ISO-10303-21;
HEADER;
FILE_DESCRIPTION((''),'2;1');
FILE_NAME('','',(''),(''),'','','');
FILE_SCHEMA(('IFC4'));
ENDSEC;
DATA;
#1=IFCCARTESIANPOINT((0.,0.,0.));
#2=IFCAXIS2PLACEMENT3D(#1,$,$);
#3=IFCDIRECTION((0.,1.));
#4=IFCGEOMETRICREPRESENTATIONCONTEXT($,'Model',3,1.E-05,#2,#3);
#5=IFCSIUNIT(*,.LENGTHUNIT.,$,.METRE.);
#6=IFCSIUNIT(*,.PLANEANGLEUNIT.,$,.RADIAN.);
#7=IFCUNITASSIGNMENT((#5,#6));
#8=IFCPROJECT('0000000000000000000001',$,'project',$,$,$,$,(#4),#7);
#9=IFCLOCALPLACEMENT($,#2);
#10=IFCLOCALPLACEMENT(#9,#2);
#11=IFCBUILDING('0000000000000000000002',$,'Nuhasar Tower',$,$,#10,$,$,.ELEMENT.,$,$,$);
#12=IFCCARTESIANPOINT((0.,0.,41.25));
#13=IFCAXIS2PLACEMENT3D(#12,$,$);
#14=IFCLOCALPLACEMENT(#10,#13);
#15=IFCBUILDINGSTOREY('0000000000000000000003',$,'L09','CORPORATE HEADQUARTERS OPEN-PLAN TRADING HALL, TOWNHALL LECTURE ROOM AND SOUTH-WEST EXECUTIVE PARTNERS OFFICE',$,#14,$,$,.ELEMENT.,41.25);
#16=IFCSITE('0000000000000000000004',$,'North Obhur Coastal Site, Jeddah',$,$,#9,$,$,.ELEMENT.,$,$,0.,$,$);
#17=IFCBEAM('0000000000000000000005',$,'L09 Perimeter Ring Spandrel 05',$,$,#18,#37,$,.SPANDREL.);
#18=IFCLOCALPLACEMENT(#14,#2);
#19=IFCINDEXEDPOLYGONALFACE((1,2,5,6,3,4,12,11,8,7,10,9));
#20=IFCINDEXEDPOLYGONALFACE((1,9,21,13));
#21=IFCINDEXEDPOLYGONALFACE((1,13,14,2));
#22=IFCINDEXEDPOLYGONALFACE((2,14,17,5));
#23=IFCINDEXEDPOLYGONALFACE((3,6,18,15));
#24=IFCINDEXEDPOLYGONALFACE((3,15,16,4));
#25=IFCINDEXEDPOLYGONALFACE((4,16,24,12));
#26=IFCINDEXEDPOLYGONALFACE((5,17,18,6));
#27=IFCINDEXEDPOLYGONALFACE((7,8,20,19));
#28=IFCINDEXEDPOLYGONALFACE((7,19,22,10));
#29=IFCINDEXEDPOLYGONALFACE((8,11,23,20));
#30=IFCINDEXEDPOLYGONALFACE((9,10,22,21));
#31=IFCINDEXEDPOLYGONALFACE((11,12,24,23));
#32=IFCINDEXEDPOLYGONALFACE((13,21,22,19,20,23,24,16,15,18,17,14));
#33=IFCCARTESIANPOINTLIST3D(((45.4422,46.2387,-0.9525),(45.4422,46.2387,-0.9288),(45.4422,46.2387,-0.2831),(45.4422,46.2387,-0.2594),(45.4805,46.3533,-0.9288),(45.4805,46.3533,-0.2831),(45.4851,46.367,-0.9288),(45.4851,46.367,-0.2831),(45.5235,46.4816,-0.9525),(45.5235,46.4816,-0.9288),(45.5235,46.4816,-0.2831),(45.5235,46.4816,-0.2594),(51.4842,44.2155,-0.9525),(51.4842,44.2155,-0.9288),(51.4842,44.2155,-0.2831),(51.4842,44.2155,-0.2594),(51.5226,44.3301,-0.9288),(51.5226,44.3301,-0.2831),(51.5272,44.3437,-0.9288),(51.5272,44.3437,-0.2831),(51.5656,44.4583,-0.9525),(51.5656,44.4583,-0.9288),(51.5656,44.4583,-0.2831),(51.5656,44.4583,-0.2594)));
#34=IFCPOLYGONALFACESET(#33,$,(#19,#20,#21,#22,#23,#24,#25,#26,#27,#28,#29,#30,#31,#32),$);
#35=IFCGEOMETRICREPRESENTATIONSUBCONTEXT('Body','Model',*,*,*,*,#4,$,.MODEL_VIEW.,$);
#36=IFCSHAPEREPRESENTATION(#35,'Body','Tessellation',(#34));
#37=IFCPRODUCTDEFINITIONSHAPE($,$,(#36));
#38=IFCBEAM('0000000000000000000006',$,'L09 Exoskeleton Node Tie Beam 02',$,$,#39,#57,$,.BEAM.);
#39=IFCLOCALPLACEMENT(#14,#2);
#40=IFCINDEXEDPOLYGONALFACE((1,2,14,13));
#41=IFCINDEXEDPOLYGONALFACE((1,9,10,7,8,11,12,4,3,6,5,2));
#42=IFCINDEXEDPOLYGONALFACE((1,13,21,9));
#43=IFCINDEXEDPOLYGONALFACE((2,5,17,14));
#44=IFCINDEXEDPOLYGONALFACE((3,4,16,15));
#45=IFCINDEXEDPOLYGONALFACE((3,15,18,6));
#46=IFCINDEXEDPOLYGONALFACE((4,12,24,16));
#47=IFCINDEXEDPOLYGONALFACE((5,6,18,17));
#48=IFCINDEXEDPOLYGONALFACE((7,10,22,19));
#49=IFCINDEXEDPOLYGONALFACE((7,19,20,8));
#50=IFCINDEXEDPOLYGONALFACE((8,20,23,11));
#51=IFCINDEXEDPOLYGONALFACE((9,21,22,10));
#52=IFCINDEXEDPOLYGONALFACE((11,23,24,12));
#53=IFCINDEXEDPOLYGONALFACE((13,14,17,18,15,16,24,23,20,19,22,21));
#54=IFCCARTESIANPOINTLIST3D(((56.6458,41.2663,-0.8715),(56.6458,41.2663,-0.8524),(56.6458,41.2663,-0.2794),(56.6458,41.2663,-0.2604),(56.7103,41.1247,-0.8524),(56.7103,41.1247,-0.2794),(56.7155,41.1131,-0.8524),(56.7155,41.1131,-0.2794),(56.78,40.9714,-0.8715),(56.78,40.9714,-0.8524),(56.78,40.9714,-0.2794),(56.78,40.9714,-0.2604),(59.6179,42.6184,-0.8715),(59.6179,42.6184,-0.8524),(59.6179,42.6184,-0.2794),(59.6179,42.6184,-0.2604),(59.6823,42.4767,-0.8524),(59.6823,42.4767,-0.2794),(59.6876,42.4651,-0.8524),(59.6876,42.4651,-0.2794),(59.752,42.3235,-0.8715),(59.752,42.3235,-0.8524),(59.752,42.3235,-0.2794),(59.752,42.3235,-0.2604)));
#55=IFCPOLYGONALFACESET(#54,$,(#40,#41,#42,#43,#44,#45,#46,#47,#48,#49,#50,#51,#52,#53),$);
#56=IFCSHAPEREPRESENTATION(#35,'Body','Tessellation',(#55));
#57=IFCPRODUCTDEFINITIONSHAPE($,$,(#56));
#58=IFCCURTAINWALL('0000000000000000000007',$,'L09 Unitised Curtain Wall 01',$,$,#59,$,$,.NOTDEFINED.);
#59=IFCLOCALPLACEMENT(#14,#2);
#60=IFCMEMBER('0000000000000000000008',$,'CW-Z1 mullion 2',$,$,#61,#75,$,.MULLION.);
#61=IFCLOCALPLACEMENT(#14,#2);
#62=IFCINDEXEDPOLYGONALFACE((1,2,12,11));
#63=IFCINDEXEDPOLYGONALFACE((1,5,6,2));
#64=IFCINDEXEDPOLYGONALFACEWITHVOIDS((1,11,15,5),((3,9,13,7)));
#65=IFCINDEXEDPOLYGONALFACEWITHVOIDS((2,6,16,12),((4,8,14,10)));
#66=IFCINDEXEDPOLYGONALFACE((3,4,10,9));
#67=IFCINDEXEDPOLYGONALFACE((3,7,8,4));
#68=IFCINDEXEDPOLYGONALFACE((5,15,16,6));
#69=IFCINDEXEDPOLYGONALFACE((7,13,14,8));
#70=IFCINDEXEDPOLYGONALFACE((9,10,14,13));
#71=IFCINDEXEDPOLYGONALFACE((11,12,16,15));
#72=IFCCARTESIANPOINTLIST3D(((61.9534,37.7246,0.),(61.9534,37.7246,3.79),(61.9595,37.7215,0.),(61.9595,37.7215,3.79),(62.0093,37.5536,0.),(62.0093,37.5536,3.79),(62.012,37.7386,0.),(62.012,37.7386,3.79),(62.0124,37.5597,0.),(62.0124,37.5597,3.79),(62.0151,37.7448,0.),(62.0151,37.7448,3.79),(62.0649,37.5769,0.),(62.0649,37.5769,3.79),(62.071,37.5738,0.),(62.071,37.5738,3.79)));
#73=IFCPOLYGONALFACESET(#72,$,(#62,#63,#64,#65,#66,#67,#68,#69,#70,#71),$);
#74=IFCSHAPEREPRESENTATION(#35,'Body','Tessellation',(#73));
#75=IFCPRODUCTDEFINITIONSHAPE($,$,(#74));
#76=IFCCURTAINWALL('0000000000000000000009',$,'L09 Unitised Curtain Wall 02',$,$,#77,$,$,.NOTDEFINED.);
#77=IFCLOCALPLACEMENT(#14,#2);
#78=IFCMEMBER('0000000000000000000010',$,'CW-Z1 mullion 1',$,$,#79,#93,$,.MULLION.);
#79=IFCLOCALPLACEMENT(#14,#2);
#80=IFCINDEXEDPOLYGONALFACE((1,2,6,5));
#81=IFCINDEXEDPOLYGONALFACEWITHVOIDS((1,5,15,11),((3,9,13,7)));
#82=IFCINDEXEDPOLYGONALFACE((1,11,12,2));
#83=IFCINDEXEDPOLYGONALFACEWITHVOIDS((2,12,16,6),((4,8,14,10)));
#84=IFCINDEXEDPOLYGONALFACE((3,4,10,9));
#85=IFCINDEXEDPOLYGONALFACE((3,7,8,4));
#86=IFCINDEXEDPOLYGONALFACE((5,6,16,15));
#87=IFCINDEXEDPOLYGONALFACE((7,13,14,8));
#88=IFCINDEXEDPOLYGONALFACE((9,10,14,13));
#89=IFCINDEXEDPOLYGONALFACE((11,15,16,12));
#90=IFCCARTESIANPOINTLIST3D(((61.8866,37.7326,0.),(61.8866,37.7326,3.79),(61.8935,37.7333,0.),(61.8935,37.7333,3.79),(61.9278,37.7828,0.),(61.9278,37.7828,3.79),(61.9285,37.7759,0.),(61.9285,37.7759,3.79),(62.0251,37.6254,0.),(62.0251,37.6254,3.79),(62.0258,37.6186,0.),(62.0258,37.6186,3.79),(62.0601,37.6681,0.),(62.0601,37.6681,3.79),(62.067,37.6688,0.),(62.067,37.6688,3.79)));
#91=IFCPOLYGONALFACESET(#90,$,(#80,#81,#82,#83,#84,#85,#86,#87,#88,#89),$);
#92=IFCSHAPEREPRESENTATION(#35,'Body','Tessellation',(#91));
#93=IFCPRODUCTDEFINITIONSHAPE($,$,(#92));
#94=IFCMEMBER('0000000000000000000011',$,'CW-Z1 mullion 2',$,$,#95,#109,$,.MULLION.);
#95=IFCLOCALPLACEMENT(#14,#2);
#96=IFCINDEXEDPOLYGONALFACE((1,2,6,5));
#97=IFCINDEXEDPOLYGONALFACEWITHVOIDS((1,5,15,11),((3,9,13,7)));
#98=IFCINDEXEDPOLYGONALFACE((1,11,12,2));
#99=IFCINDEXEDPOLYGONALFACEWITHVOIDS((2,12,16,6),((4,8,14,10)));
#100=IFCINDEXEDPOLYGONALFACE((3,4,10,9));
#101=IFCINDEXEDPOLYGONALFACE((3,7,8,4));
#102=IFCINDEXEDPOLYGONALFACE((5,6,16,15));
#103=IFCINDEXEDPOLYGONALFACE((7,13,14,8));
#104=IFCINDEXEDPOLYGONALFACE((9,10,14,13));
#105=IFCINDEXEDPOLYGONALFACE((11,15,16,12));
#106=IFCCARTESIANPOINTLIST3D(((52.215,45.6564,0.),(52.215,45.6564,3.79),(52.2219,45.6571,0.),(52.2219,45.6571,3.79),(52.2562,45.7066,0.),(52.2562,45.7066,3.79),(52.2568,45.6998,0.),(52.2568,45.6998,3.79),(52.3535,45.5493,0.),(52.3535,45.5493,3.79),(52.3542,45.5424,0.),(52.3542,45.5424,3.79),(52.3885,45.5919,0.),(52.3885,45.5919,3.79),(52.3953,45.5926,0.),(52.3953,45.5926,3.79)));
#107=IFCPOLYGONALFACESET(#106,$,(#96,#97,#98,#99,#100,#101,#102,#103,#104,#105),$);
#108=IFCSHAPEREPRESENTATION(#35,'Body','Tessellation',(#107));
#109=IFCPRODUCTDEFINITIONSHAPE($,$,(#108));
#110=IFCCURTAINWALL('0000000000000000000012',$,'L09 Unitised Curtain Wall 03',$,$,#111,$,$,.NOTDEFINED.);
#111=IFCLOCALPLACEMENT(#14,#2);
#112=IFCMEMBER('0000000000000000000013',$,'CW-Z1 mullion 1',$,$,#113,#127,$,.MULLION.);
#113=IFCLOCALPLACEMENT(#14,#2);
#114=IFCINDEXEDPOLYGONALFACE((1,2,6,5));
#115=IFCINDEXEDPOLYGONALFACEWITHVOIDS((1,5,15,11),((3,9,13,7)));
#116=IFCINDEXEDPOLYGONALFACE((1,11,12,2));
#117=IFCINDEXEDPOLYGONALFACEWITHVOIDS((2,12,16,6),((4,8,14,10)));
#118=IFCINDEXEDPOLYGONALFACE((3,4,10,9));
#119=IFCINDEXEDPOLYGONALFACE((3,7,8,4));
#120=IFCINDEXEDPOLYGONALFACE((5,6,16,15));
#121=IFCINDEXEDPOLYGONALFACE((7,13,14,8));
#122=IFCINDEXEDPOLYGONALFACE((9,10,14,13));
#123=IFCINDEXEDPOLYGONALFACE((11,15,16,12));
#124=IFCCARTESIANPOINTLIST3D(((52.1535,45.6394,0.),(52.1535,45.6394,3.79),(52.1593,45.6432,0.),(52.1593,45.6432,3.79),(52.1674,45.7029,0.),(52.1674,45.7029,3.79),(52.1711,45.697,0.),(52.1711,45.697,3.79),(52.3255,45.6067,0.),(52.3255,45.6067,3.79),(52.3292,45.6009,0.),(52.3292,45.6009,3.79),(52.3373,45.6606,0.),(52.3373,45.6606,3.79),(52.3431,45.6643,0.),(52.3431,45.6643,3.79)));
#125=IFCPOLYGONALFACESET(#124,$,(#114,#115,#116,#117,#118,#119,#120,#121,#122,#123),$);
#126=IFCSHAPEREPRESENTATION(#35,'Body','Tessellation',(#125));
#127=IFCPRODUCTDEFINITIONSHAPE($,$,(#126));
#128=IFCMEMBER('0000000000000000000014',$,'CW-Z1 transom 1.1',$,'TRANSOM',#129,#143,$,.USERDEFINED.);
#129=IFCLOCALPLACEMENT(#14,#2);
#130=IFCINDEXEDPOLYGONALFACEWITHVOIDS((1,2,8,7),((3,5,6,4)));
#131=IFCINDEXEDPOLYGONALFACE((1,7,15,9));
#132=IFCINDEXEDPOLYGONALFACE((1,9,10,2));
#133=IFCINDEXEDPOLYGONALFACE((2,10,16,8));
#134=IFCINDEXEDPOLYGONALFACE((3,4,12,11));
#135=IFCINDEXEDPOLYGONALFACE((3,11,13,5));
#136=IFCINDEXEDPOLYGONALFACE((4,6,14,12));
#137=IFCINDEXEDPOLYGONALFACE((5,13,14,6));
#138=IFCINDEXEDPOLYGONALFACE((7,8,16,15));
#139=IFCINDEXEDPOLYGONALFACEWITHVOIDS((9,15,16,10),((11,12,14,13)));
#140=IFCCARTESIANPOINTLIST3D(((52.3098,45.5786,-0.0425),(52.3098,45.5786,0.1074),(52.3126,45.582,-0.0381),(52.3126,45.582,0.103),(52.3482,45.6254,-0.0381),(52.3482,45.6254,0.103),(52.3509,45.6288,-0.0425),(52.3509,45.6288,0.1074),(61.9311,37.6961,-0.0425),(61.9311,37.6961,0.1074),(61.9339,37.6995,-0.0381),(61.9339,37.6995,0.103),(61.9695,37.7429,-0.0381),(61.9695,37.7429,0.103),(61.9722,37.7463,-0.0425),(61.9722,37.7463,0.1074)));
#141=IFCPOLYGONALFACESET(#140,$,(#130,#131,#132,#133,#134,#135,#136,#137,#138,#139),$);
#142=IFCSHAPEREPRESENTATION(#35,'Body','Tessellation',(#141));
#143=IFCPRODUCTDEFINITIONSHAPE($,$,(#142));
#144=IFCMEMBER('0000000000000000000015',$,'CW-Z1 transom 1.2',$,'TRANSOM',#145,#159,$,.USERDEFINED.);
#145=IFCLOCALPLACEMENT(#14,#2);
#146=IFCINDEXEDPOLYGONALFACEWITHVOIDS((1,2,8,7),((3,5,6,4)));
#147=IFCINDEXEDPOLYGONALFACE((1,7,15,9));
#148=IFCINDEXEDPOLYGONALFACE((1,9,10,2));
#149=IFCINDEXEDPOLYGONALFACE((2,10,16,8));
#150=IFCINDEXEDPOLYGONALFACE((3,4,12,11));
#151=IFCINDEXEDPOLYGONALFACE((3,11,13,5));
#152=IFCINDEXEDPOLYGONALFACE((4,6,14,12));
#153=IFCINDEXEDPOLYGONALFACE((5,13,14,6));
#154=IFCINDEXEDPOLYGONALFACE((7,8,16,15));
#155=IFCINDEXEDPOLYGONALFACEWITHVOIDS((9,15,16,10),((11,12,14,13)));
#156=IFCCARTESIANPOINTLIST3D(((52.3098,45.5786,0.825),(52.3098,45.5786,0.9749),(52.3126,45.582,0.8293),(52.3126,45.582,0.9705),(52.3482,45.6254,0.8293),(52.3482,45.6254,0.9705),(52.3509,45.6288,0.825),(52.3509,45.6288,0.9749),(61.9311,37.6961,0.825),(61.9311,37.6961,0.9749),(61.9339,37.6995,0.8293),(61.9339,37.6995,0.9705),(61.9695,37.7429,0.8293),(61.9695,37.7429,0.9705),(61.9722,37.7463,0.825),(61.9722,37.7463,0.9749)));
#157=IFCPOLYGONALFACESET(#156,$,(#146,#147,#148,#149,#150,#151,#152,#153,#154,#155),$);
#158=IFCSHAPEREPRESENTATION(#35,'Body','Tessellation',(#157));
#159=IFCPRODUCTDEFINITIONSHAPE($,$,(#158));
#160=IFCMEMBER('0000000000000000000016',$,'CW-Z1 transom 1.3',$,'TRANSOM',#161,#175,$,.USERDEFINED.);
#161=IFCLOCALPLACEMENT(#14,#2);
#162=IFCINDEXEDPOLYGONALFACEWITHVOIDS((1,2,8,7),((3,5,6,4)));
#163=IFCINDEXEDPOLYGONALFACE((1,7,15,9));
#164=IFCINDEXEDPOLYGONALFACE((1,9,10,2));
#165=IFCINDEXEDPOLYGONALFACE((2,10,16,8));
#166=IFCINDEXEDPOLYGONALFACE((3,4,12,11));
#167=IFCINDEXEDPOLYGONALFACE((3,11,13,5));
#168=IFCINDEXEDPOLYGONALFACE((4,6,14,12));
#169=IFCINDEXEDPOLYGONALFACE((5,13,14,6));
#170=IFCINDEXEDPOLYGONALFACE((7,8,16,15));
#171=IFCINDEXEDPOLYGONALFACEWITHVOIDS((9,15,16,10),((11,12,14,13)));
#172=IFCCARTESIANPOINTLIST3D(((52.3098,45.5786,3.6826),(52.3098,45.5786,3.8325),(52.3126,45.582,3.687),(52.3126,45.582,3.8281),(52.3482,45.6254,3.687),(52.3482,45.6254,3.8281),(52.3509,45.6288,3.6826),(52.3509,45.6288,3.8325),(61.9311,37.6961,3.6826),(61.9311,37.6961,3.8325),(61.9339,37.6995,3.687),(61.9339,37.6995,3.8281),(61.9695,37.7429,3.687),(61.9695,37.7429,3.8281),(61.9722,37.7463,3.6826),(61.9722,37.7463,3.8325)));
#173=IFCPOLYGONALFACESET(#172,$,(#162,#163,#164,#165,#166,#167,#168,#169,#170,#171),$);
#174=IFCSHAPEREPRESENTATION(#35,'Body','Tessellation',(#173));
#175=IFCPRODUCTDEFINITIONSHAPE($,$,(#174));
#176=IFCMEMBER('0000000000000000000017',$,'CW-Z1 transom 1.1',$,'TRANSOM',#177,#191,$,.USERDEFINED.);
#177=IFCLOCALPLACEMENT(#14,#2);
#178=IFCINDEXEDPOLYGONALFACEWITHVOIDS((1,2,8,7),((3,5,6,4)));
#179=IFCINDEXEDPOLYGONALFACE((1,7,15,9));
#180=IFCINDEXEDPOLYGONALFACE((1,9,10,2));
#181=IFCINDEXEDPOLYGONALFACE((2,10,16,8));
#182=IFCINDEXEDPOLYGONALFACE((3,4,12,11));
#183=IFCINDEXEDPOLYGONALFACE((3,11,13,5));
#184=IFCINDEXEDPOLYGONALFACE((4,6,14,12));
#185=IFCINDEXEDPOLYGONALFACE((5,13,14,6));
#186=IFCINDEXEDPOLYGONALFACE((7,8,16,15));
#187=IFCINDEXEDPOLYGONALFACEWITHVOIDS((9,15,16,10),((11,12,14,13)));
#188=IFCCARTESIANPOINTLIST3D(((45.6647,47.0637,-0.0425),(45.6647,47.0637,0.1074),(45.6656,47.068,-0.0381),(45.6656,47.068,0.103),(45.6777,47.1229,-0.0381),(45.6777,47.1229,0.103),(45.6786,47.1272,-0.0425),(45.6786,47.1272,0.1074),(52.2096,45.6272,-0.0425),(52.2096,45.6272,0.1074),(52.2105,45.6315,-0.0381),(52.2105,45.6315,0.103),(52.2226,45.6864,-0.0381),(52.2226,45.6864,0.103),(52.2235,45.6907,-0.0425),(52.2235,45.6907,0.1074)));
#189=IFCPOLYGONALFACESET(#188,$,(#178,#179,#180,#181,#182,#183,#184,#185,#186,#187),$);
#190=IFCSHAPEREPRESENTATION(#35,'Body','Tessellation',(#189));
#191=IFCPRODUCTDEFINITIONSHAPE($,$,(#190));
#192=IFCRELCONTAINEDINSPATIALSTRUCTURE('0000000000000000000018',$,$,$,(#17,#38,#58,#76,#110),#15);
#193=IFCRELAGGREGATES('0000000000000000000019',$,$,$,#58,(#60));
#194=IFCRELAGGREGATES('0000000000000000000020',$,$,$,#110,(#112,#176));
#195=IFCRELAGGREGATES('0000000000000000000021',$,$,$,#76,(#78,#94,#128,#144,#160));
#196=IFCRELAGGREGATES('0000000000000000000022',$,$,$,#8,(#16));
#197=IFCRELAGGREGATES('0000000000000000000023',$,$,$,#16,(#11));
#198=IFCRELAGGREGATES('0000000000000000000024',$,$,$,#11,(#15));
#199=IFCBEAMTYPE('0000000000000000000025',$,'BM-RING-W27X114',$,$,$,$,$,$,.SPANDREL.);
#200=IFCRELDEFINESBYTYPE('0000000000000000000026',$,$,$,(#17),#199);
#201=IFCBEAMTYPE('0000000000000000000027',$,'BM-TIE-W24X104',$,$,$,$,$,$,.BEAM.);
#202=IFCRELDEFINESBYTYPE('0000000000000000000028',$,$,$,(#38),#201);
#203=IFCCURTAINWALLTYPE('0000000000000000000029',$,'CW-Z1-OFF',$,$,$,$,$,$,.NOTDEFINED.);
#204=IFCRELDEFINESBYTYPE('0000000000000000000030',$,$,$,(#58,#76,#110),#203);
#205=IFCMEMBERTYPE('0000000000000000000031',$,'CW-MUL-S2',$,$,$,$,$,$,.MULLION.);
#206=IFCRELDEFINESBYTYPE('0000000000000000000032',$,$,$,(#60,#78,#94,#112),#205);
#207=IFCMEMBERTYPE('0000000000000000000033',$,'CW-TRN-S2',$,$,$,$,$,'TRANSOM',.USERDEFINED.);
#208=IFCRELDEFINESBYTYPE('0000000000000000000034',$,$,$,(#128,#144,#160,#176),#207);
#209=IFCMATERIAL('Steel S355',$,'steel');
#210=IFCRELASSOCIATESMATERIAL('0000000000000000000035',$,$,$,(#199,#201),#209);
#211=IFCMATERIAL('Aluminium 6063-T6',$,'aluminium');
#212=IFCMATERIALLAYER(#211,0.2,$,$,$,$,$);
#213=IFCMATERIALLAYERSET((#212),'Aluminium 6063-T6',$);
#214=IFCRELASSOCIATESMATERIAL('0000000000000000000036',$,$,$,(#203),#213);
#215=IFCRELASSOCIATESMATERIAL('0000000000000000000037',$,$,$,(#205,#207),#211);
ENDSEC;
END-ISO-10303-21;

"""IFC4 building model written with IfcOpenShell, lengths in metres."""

from ifc_helpers import new_model, si_unit, direction, frame, origin, origin_2d, place, context, subcontext, project, spatial, hollow_rectangle, i_section, extrude, material, layer, layer_set, material_profile, profile_set, type_object, element, aggregate, save


model = new_model("IFC4")

# Units and contexts
model_context = context("Model", 3, precision=1e-05, world=origin(), true_north=direction((0.0, 1.0)))
body_context = subcontext(model_context, "Body", "Model", "MODEL_VIEW")
ifc_project = project(units=[si_unit("LENGTHUNIT", "METRE"), si_unit("PLANEANGLEUNIT", "RADIAN")], contexts=[model_context])

# Site, building, storey
site_placement = place(None, origin())
site = spatial("IfcSite", under=ifc_project, at=site_placement, Name="North Obhur Coastal Site, Jeddah", CompositionType="ELEMENT", RefElevation=0.0)
building_placement = place(site_placement, origin())
building = spatial("IfcBuilding", under=site, at=building_placement, Name="Nuhasar Tower", CompositionType="ELEMENT")
storey_placement = place(building_placement, frame((0.0, 0.0, 41.25)))
storey = spatial("IfcBuildingStorey", under=building, at=storey_placement, Name="L09", Description="CORPORATE HEADQUARTERS OPEN-PLAN TRADING HALL, TOWNHALL LECTURE ROOM AND SOUTH-WEST EXECUTIVE PARTNERS OFFICE", CompositionType="ELEMENT", Elevation=41.25)

# Beams
ifc_material_1 = material(Name="Steel S355", Category="steel")
ifc_material_profile_1 = material_profile(ifc_material_1, i_section(OverallWidth=0.2561, OverallDepth=0.6931, WebThickness=0.0144, FlangeThickness=0.0237, at=origin_2d()), Name="W27X114")
ifc_profile_set_1 = profile_set([ifc_material_profile_1], Name="Steel S355")
beam_type_1 = type_object("IfcBeamType", Name="BM-RING-W27X114", PredefinedType="SPANDREL", material=ifc_profile_set_1)
beam_1_placement = place(storey_placement, frame((51.5249, 44.3369, -0.606), z_axis=(-0.948249, 0.317526, 0.0), x_axis=(-0.317526, -0.948249, 0.0)))
element("IfcBeam", 1, at=beam_1_placement, inside=storey, type_object=beam_type_1, Name="L09 Perimeter Ring Spandrel 05", PredefinedType="SPANDREL", context=body_context, shape_type="SweptSolid", body=[
    extrude(i_section(OverallWidth=0.2561, OverallDepth=0.6931, WebThickness=0.0144, FlangeThickness=0.0237, at=origin_2d()), origin(), (0.0, 0.0, 1.0), 6.3718),
])
ifc_material_profile_2 = material_profile(ifc_material_1, i_section(OverallWidth=0.324, OverallDepth=0.6111, WebThickness=0.0127, FlangeThickness=0.019, at=origin_2d()), Name="W24X104")
ifc_profile_set_2 = profile_set([ifc_material_profile_2], Name="Steel S355")
beam_type_2 = type_object("IfcBeamType", Name="BM-TIE-W24X104", PredefinedType="BEAM", material=ifc_profile_set_2)
beam_2_placement = place(storey_placement, frame((56.7129, 41.1189, -0.5659), z_axis=(0.910244, 0.414073, 0.0), x_axis=(-0.414073, 0.910244, 0.0)))
element("IfcBeam", 2, at=beam_2_placement, inside=storey, type_object=beam_type_2, Name="L09 Exoskeleton Node Tie Beam 02", PredefinedType="BEAM", context=body_context, shape_type="SweptSolid", body=[
    extrude(i_section(OverallWidth=0.324, OverallDepth=0.6111, WebThickness=0.0127, FlangeThickness=0.019, at=origin_2d()), origin(), (0.0, 0.0, 1.0), 3.2651),
])

# Curtain wall, member
ifc_material_2 = material(Name="Aluminium 6063-T6", Category="aluminium")
ifc_layer_1 = layer(ifc_material_2, 0.2)
ifc_layer_set_1 = layer_set([ifc_layer_1], Name="Aluminium 6063-T6")
curtain_wall_type = type_object("IfcCurtainWallType", Name="CW-Z1-OFF", PredefinedType="NOTDEFINED", material=ifc_layer_set_1)
curtain_wall_1_placement = place(storey_placement, origin())
curtain_wall_1 = element("IfcCurtainWall", 3, at=curtain_wall_1_placement, inside=storey, type_object=curtain_wall_type, Name="L09 Unitised Curtain Wall 01", PredefinedType="NOTDEFINED")
ifc_material_profile_3 = material_profile(ifc_material_2, hollow_rectangle(XDim=0.0649, YDim=0.1799, WallThickness=0.0049, at=origin_2d()), Name="CWM-2")
ifc_profile_set_3 = profile_set([ifc_material_profile_3], Name="Aluminium 6063-T6")
member_type_1 = type_object("IfcMemberType", Name="CW-MUL-S2", PredefinedType="MULLION", material=ifc_profile_set_3)
member_1_placement = place(storey_placement, frame((62.0122, 37.6492, 0.0), z_axis=(0.0, 0.0, 1.0), x_axis=(-0.950468, -0.310824, 0.0)))
member_1 = element("IfcMember", 4, at=member_1_placement, type_object=member_type_1, Name="CW-Z1 mullion 2", PredefinedType="MULLION", context=body_context, shape_type="SweptSolid", body=[
    extrude(hollow_rectangle(XDim=0.0649, YDim=0.1799, WallThickness=0.0049, at=origin_2d()), origin(), (0.0, 0.0, 1.0), 3.79),
])
aggregate(curtain_wall_1, [member_1])

# Curtain wall, members
curtain_wall_2_placement = place(storey_placement, origin())
curtain_wall_2 = element("IfcCurtainWall", 5, at=curtain_wall_2_placement, inside=storey, type_object=curtain_wall_type, Name="L09 Unitised Curtain Wall 02", PredefinedType="NOTDEFINED")
member_2_placement = place(storey_placement, frame((61.9768, 37.7007, 0.0), z_axis=(0.0, 0.0, 1.0), x_axis=(-0.633745, -0.773542, 0.0)))
member_2 = element("IfcMember", 6, at=member_2_placement, type_object=member_type_1, Name="CW-Z1 mullion 1", PredefinedType="MULLION", context=body_context, shape_type="SweptSolid", body=[
    extrude(hollow_rectangle(XDim=0.0649, YDim=0.1799, WallThickness=0.0049, at=origin_2d()), origin(), (0.0, 0.0, 1.0), 3.79),
])
member_3_placement = place(storey_placement, frame((52.3052, 45.6245, 0.0), z_axis=(0.0, 0.0, 1.0), x_axis=(-0.633745, -0.773542, 0.0)))
member_3 = element("IfcMember", 7, at=member_3_placement, type_object=member_type_1, Name="CW-Z1 mullion 2", PredefinedType="MULLION", context=body_context, shape_type="SweptSolid", body=[
    extrude(hollow_rectangle(XDim=0.0649, YDim=0.1799, WallThickness=0.0049, at=origin_2d()), origin(), (0.0, 0.0, 1.0), 3.79),
])

# Curtain wall, member
curtain_wall_3_placement = place(storey_placement, origin())
curtain_wall_3 = element("IfcCurtainWall", 8, at=curtain_wall_3_placement, inside=storey, type_object=curtain_wall_type, Name="L09 Unitised Curtain Wall 03", PredefinedType="NOTDEFINED")
member_4_placement = place(storey_placement, frame((52.2483, 45.6519, 0.0), z_axis=(0.0, 0.0, 1.0), x_axis=(-0.214399, -0.976746, 0.0)))
member_4 = element("IfcMember", 9, at=member_4_placement, type_object=member_type_1, Name="CW-Z1 mullion 1", PredefinedType="MULLION", context=body_context, shape_type="SweptSolid", body=[
    extrude(hollow_rectangle(XDim=0.0649, YDim=0.1799, WallThickness=0.0049, at=origin_2d()), origin(), (0.0, 0.0, 1.0), 3.79),
])

# Members
ifc_material_profile_4 = material_profile(ifc_material_2, hollow_rectangle(XDim=0.0649, YDim=0.1499, WallThickness=0.0044, at=origin_2d()), Name="CWT-2")
ifc_profile_set_4 = profile_set([ifc_material_profile_4], Name="Aluminium 6063-T6")
member_type_2 = type_object("IfcMemberType", Name="CW-TRN-S2", ElementType="TRANSOM", PredefinedType="USERDEFINED", material=ifc_profile_set_4)
member_5_placement = place(storey_placement, frame((61.9517, 37.7212, 0.0325), z_axis=(-0.773541, 0.633746, 0.0), x_axis=(-0.633746, -0.773541, 0.0)))
member_5 = element("IfcMember", 10, at=member_5_placement, type_object=member_type_2, Name="CW-Z1 transom 1.1", ObjectType="TRANSOM", PredefinedType="USERDEFINED", context=body_context, shape_type="SweptSolid", body=[
    extrude(hollow_rectangle(XDim=0.0649, YDim=0.1499, WallThickness=0.0044, at=origin_2d()), origin(), (0.0, 0.0, 1.0), 12.438),
])
member_6_placement = place(storey_placement, frame((61.9517, 37.7212, 0.8999), z_axis=(-0.773541, 0.633746, 0.0), x_axis=(-0.633746, -0.773541, 0.0)))
member_6 = element("IfcMember", 11, at=member_6_placement, type_object=member_type_2, Name="CW-Z1 transom 1.2", ObjectType="TRANSOM", PredefinedType="USERDEFINED", context=body_context, shape_type="SweptSolid", body=[
    extrude(hollow_rectangle(XDim=0.0649, YDim=0.1499, WallThickness=0.0044, at=origin_2d()), origin(), (0.0, 0.0, 1.0), 12.438),
])
member_7_placement = place(storey_placement, frame((61.9517, 37.7212, 3.7576), z_axis=(-0.773541, 0.633746, 0.0), x_axis=(-0.633746, -0.773541, 0.0)))
member_7 = element("IfcMember", 12, at=member_7_placement, type_object=member_type_2, Name="CW-Z1 transom 1.3", ObjectType="TRANSOM", PredefinedType="USERDEFINED", context=body_context, shape_type="SweptSolid", body=[
    extrude(hollow_rectangle(XDim=0.0649, YDim=0.1499, WallThickness=0.0044, at=origin_2d()), origin(), (0.0, 0.0, 1.0), 12.438),
])
member_8_placement = place(storey_placement, frame((52.2166, 45.6589, 0.0325), z_axis=(-0.97675, 0.214384, 0.0), x_axis=(-0.214384, -0.97675, 0.0)))
member_8 = element("IfcMember", 13, at=member_8_placement, type_object=member_type_2, Name="CW-Z1 transom 1.1", ObjectType="TRANSOM", PredefinedType="USERDEFINED", context=body_context, shape_type="SweptSolid", body=[
    extrude(hollow_rectangle(XDim=0.0649, YDim=0.1499, WallThickness=0.0044, at=origin_2d()), origin(), (0.0, 0.0, 1.0), 6.7007),
])

aggregate(curtain_wall_3, [member_4, member_8])
aggregate(curtain_wall_2, [member_2, member_3, member_5, member_6, member_7])

save(model, "model.ifc")
